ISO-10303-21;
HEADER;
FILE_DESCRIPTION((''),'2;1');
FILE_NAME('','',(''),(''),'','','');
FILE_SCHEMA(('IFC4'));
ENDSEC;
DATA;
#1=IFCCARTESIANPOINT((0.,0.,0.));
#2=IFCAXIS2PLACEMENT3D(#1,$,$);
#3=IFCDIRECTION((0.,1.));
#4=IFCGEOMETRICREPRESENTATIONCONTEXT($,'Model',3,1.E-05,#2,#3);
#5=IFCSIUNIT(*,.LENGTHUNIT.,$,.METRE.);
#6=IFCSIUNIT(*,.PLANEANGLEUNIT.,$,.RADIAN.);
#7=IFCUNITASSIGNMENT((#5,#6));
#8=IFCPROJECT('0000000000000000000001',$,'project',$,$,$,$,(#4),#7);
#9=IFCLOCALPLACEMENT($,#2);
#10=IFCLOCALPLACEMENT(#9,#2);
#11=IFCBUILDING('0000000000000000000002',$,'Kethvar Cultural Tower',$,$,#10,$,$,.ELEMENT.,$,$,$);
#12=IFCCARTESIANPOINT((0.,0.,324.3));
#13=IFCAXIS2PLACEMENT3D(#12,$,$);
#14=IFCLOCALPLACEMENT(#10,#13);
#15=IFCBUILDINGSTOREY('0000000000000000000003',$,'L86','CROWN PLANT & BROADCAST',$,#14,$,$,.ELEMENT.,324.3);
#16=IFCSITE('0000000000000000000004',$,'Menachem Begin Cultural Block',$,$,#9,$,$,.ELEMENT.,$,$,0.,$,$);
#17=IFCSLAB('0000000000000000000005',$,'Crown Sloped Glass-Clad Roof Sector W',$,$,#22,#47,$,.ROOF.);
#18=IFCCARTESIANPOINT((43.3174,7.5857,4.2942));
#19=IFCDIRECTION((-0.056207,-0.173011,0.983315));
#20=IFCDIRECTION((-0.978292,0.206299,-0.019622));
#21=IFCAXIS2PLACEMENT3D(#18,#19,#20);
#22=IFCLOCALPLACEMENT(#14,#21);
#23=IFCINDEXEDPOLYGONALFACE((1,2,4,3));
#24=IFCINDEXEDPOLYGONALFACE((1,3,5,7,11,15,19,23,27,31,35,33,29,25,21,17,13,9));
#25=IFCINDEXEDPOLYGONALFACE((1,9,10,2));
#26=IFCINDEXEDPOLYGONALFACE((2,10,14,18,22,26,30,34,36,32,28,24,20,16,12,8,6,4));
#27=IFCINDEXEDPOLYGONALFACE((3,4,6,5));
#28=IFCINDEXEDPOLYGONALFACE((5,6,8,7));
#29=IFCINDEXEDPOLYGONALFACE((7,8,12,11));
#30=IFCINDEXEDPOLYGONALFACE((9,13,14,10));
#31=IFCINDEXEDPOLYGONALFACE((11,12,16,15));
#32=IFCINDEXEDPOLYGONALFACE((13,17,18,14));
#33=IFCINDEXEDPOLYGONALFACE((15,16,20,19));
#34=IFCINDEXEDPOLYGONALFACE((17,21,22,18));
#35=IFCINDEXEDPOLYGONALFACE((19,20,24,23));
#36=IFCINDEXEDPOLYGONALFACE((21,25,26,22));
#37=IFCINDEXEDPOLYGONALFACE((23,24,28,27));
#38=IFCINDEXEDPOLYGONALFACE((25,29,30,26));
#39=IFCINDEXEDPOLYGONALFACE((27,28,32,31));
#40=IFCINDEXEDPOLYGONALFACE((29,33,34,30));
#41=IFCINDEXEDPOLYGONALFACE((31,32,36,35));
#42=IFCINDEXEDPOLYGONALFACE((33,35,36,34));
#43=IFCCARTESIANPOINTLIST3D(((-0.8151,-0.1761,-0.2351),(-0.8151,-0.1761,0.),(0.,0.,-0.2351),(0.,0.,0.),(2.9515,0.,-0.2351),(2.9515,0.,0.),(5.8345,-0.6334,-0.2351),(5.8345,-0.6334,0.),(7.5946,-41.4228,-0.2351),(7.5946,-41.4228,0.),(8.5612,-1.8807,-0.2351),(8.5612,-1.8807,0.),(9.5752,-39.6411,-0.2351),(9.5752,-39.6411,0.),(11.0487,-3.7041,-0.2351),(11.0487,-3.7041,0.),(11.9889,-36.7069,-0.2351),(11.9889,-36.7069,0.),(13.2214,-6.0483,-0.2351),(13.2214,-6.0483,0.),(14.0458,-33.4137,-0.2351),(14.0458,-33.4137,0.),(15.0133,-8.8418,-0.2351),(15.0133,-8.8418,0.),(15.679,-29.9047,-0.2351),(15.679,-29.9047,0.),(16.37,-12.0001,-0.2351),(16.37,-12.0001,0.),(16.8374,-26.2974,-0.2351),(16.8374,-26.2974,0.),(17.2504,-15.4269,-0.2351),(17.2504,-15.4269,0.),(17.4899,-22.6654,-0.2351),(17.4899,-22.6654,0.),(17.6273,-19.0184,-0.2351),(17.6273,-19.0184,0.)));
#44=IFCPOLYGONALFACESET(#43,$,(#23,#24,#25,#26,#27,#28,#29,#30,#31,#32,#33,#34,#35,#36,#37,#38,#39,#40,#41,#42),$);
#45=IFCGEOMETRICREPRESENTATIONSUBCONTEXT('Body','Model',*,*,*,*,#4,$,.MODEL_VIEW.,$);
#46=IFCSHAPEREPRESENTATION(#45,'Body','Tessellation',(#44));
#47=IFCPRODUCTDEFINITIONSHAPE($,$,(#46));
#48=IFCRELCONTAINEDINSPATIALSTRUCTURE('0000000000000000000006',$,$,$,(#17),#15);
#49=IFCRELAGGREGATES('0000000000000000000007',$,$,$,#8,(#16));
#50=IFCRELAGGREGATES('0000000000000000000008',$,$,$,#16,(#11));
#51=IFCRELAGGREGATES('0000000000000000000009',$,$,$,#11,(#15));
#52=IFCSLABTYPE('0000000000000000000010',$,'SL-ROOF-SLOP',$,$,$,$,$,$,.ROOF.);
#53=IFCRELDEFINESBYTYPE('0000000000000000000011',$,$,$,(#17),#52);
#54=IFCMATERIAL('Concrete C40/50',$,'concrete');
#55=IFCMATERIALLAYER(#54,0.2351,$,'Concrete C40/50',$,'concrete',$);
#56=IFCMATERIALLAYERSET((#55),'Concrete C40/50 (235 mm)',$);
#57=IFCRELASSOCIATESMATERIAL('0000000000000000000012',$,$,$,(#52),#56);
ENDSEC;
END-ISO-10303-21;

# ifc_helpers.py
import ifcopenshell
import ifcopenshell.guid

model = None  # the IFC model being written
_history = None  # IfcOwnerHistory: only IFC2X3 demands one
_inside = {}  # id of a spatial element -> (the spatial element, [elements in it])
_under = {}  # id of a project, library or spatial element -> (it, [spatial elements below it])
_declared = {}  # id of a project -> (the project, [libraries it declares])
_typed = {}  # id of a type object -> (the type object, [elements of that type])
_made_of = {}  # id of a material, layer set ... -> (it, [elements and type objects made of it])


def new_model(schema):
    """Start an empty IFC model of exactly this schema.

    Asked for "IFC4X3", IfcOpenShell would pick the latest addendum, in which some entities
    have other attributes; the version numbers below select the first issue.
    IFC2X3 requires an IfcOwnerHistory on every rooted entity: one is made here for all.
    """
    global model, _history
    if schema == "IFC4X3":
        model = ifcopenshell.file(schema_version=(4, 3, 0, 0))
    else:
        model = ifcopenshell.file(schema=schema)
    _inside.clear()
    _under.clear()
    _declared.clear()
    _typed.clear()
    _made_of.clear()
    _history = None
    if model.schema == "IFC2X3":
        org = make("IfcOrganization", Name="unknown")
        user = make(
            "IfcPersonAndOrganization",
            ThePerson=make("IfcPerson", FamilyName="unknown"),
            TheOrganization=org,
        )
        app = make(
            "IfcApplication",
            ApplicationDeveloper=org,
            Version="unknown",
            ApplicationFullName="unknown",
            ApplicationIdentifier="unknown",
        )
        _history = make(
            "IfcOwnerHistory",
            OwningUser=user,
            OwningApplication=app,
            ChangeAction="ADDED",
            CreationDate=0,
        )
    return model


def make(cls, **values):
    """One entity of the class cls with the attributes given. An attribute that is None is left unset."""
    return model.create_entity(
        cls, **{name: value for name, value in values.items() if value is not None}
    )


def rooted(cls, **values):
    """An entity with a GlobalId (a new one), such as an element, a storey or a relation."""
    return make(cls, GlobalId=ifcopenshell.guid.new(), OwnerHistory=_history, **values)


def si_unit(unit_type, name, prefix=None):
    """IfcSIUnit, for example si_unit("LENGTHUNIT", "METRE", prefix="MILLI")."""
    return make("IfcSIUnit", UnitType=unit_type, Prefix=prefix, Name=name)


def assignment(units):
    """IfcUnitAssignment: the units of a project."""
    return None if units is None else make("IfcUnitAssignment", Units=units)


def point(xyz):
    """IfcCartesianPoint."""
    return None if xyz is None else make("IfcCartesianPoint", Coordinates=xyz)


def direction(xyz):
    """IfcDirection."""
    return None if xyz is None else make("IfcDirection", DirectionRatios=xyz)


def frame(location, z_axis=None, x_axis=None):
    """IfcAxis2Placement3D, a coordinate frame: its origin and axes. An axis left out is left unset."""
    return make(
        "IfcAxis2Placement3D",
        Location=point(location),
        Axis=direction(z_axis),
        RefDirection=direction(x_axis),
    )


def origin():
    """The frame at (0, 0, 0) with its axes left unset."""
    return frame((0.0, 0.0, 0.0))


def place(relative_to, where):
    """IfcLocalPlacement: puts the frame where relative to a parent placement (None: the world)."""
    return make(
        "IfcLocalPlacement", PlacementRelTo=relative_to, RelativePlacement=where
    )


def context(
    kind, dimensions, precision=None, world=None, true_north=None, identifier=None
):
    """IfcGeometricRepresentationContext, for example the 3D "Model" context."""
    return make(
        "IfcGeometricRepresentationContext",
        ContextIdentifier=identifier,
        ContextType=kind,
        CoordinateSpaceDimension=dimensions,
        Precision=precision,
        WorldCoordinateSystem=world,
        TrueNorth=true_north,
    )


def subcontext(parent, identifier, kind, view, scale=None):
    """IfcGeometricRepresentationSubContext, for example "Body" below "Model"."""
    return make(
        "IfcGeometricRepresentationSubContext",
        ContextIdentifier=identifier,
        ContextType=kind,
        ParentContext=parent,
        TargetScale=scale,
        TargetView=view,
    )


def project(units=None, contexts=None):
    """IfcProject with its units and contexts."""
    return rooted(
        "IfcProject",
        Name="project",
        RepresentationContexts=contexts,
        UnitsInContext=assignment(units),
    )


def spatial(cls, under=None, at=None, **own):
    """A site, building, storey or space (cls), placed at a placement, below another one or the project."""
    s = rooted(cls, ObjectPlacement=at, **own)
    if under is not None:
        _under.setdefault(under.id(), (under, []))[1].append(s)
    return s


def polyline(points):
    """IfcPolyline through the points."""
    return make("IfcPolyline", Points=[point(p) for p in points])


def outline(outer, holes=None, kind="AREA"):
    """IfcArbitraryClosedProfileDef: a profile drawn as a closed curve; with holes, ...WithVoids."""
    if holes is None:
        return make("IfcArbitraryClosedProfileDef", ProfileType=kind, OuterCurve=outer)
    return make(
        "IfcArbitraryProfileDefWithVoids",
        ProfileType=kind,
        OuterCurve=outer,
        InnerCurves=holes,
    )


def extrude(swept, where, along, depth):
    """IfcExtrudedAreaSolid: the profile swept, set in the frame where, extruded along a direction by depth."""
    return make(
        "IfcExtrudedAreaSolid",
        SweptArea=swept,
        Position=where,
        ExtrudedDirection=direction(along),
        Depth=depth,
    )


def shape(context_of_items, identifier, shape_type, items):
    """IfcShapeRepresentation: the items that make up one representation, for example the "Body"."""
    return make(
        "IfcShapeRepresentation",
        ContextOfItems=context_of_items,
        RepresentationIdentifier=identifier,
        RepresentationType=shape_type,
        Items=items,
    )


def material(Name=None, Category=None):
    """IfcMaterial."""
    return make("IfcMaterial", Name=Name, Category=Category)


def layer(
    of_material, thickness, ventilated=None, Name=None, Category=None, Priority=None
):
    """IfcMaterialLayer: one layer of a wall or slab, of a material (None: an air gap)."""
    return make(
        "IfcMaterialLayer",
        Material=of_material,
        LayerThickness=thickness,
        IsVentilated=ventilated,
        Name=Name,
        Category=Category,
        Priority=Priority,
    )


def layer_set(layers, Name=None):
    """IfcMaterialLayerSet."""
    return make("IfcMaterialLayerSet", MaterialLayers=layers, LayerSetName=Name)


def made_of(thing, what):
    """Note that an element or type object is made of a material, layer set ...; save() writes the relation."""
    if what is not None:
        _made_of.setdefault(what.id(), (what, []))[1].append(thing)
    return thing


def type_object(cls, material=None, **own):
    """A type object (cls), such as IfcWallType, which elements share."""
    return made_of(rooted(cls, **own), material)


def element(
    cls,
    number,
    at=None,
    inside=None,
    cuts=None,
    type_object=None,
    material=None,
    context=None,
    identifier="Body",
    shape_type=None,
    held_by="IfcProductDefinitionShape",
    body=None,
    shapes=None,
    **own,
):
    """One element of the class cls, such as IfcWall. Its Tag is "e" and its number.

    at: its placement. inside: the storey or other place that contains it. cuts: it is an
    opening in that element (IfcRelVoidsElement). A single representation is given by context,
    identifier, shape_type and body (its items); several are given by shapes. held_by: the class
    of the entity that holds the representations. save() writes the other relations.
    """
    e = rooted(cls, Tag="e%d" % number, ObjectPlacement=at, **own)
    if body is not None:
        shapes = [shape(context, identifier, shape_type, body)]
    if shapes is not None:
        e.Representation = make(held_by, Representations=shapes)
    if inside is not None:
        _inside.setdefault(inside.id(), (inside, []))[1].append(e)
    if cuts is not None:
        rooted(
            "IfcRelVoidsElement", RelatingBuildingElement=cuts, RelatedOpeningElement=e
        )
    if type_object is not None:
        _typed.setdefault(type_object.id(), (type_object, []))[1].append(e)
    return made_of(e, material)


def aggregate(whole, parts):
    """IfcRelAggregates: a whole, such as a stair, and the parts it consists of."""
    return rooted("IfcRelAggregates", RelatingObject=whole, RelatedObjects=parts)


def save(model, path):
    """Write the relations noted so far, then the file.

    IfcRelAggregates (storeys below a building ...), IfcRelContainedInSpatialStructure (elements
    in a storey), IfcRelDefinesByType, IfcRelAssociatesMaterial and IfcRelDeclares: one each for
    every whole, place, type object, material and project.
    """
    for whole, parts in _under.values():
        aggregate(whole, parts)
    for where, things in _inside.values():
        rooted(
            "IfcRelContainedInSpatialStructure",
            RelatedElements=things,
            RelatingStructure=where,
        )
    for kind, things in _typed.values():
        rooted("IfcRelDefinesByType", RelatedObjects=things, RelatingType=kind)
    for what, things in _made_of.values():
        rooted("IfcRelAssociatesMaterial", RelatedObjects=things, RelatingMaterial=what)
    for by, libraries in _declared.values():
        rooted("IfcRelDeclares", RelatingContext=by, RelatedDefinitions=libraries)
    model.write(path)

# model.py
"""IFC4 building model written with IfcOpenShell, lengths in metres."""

from ifc_helpers import new_model, si_unit, direction, frame, origin, place, context, subcontext, project, spatial, polyline, outline, extrude, material, layer, layer_set, type_object, element, save


model = new_model("IFC4")

# Units and contexts
model_context = context("Model", 3, precision=1e-05, world=origin(), true_north=direction((0.0, 1.0)))
body_context = subcontext(model_context, "Body", "Model", "MODEL_VIEW")
ifc_project = project(units=[si_unit("LENGTHUNIT", "METRE"), si_unit("PLANEANGLEUNIT", "RADIAN")], contexts=[model_context])

# Site, building, storey
site_placement = place(None, origin())
site = spatial("IfcSite", under=ifc_project, at=site_placement, Name="Menachem Begin Cultural Block", CompositionType="ELEMENT", RefElevation=0.0)
building_placement = place(site_placement, origin())
building = spatial("IfcBuilding", under=site, at=building_placement, Name="Kethvar Cultural Tower", CompositionType="ELEMENT")
storey_placement = place(building_placement, frame((0.0, 0.0, 324.3)))
storey = spatial("IfcBuildingStorey", under=building, at=storey_placement, Name="L86", Description="CROWN PLANT & BROADCAST", CompositionType="ELEMENT", Elevation=324.3)

# Slab
ifc_material_1 = material(Name="Concrete C40/50", Category="concrete")
ifc_layer_1 = layer(ifc_material_1, 0.2351, Name="Concrete C40/50", Category="concrete")
ifc_layer_set_1 = layer_set([ifc_layer_1], Name="Concrete C40/50 (235 mm)")
slab_type = type_object("IfcSlabType", Name="SL-ROOF-SLOP", PredefinedType="ROOF", material=ifc_layer_set_1)
slab_placement = place(storey_placement, frame((43.3174, 7.5857, 4.2942), z_axis=(-0.056207, -0.173011, 0.983315), x_axis=(-0.978292, 0.206299, -0.019622)))
element("IfcSlab", 1, at=slab_placement, inside=storey, type_object=slab_type, Name="Crown Sloped Glass-Clad Roof Sector W", PredefinedType="ROOF", context=body_context, shape_type="SweptSolid", body=[
    extrude(outline(polyline([(0.0, 0.0), (2.9515, 0.0), (5.8345, -0.6334), (8.5612, -1.8807), (11.0487, -3.7041), (13.2214, -6.0483), (15.0133, -8.8418), (16.37, -12.0001), (17.2504, -15.4269), (17.6273, -19.0184), (17.4899, -22.6654), (16.8374, -26.2974), (15.679, -29.9047), (14.0458, -33.4137), (11.9889, -36.7069), (9.5752, -39.6411), (7.5946, -41.4228), (-0.8151, -0.1761), (0.0, 0.0)])), origin(), (0.0, 0.0, -1.0), 0.2351),
])

save(model, "model.ifc")
